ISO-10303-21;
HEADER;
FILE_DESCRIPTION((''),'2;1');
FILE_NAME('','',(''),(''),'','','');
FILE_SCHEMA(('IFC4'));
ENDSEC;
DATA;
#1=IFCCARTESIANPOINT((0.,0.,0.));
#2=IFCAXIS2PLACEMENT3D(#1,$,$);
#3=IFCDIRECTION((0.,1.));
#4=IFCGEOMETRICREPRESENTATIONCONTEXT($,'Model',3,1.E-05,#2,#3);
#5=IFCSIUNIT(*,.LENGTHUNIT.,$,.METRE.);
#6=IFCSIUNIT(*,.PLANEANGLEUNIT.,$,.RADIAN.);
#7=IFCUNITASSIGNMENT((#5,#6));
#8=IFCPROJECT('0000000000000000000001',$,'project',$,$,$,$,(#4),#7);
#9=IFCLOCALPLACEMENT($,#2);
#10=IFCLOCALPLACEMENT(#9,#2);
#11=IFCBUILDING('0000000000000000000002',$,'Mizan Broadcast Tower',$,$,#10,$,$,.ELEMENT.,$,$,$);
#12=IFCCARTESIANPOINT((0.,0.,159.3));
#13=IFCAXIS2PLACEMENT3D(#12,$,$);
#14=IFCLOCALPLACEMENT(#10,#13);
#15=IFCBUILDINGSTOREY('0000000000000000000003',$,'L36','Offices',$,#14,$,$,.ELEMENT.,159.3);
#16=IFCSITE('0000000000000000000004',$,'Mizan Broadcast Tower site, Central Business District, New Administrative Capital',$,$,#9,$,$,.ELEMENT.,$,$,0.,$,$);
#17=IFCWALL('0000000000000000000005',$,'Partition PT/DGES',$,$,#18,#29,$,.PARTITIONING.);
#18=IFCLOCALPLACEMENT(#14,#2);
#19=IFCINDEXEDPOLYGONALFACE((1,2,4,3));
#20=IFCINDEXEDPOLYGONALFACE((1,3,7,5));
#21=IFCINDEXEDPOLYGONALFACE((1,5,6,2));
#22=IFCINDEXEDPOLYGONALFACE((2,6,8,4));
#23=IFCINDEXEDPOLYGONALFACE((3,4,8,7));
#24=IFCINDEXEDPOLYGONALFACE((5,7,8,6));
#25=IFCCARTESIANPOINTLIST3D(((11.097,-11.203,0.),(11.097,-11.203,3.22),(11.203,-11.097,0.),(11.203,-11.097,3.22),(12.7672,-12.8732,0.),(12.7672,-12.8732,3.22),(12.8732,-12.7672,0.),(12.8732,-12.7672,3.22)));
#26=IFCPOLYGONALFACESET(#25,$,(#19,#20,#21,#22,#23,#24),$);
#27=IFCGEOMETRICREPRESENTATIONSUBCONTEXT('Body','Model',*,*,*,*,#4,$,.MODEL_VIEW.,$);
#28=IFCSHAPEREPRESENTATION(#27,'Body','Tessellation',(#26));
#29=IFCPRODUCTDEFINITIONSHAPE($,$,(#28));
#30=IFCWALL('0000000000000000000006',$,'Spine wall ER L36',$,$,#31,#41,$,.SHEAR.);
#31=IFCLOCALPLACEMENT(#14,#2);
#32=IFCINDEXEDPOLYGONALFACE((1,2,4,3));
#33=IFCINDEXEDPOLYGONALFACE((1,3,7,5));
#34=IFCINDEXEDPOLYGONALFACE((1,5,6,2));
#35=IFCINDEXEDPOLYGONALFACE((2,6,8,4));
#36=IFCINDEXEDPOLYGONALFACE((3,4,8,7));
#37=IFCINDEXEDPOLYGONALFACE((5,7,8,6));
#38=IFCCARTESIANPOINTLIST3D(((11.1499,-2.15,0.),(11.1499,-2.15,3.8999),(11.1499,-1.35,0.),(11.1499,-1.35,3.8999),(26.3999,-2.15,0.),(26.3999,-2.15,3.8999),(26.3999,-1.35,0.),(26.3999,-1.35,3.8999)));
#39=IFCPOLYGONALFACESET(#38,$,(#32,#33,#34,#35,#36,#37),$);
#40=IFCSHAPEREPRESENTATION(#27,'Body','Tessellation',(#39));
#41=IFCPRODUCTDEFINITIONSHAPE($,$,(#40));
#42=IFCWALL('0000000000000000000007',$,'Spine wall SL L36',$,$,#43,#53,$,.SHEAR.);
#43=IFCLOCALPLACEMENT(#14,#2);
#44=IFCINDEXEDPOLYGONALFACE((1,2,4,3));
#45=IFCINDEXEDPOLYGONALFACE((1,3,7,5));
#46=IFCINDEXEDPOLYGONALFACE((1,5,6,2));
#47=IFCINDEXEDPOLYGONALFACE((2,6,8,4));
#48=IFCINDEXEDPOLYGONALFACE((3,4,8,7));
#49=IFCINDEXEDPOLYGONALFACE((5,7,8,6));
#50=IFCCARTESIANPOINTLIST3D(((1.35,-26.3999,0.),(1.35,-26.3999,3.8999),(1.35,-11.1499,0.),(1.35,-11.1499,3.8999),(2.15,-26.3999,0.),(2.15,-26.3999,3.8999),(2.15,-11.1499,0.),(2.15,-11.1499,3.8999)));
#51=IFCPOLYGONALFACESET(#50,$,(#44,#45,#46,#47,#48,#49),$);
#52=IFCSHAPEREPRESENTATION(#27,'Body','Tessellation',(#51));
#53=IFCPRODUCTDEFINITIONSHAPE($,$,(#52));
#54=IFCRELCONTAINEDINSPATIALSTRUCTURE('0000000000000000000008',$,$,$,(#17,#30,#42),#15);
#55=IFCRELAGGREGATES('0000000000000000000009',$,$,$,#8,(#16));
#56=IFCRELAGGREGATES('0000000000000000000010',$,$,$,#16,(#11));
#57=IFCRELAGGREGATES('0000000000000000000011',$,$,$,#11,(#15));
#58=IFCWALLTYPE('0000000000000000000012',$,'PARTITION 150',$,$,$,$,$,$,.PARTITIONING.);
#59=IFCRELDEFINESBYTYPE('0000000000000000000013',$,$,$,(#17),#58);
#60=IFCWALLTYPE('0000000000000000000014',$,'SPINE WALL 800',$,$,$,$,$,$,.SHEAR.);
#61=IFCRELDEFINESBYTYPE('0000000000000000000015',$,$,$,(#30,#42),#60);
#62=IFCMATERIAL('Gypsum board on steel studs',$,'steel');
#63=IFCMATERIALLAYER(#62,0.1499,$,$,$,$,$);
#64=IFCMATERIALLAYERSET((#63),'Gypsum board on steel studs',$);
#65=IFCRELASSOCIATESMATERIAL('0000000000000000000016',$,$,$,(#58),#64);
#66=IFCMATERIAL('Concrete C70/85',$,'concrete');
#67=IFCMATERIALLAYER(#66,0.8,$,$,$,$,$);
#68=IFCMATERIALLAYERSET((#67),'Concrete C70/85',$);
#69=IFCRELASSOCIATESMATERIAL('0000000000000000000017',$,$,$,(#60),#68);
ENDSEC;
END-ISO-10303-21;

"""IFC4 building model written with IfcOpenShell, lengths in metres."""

from ifc_helpers import new_model, si_unit, direction, frame, frame_2d, origin, place, context, subcontext, project, spatial, rectangle, extrude, material, layer, layer_set, type_object, element, save


model = new_model("IFC4")

# Units and contexts
model_context = context("Model", 3, precision=1e-05, world=origin(), true_north=direction((0.0, 1.0)))
body_context = subcontext(model_context, "Body", "Model", "MODEL_VIEW")
ifc_project = project(units=[si_unit("LENGTHUNIT", "METRE"), si_unit("PLANEANGLEUNIT", "RADIAN")], contexts=[model_context])

# Site, building, storey
site_placement = place(None, origin())
site = spatial("IfcSite", under=ifc_project, at=site_placement, Name="Mizan Broadcast Tower site, Central Business District, New Administrative Capital", CompositionType="ELEMENT", RefElevation=0.0)
building_placement = place(site_placement, origin())
building = spatial("IfcBuilding", under=site, at=building_placement, Name="Mizan Broadcast Tower", CompositionType="ELEMENT")
storey_placement = place(building_placement, frame((0.0, 0.0, 159.3)))
storey = spatial("IfcBuildingStorey", under=building, at=storey_placement, Name="L36", Description="Offices", CompositionType="ELEMENT", Elevation=159.3)

# Walls
ifc_material_1 = material(Name="Gypsum board on steel studs", Category="steel")
ifc_layer_1 = layer(ifc_material_1, 0.1499)
ifc_layer_set_1 = layer_set([ifc_layer_1], Name="Gypsum board on steel studs")
wall_type_1 = type_object("IfcWallType", Name="PARTITION 150", PredefinedType="PARTITIONING", material=ifc_layer_set_1)
wall_1_placement = place(storey_placement, frame((11.1499, -11.1499, 0.0), z_axis=(0.0, 0.0, 1.0), x_axis=(0.707107, -0.707107, 0.0)))
element("IfcWall", 1, at=wall_1_placement, inside=storey, type_object=wall_type_1, Name="Partition PT/DGES", PredefinedType="PARTITIONING", context=body_context, shape_type="SweptSolid", body=[
    extrude(rectangle(XDim=2.3621, YDim=0.1499, at=frame_2d((1.1812, 0.0))), origin(), (0.0, 0.0, 1.0), 3.22),
])
ifc_material_2 = material(Name="Concrete C70/85", Category="concrete")
ifc_layer_2 = layer(ifc_material_2, 0.8)
ifc_layer_set_2 = layer_set([ifc_layer_2], Name="Concrete C70/85")
wall_type_2 = type_object("IfcWallType", Name="SPINE WALL 800", PredefinedType="SHEAR", material=ifc_layer_set_2)
for number, where, z_axis, x_axis, name in (
    (2, (11.1499, -1.75, 0.0), (0.0, 0.0, 1.0), (1.0, 0.0, 0.0), "Spine wall ER L36"),
    (3, (1.75, -11.1499, 0.0), (0.0, 0.0, 1.0), (0.0, -1.0, 0.0), "Spine wall SL L36"),
):
    element("IfcWall", number, at=place(storey_placement, frame(where, z_axis=z_axis, x_axis=x_axis)), inside=storey, type_object=wall_type_2, Name=name, PredefinedType="SHEAR", context=body_context, shape_type="SweptSolid", body=[
        extrude(rectangle(XDim=15.25, YDim=0.8, at=frame_2d((7.625, 0.0))), origin(), (0.0, 0.0, 1.0), 3.8999),
    ])

save(model, "model.ifc")
